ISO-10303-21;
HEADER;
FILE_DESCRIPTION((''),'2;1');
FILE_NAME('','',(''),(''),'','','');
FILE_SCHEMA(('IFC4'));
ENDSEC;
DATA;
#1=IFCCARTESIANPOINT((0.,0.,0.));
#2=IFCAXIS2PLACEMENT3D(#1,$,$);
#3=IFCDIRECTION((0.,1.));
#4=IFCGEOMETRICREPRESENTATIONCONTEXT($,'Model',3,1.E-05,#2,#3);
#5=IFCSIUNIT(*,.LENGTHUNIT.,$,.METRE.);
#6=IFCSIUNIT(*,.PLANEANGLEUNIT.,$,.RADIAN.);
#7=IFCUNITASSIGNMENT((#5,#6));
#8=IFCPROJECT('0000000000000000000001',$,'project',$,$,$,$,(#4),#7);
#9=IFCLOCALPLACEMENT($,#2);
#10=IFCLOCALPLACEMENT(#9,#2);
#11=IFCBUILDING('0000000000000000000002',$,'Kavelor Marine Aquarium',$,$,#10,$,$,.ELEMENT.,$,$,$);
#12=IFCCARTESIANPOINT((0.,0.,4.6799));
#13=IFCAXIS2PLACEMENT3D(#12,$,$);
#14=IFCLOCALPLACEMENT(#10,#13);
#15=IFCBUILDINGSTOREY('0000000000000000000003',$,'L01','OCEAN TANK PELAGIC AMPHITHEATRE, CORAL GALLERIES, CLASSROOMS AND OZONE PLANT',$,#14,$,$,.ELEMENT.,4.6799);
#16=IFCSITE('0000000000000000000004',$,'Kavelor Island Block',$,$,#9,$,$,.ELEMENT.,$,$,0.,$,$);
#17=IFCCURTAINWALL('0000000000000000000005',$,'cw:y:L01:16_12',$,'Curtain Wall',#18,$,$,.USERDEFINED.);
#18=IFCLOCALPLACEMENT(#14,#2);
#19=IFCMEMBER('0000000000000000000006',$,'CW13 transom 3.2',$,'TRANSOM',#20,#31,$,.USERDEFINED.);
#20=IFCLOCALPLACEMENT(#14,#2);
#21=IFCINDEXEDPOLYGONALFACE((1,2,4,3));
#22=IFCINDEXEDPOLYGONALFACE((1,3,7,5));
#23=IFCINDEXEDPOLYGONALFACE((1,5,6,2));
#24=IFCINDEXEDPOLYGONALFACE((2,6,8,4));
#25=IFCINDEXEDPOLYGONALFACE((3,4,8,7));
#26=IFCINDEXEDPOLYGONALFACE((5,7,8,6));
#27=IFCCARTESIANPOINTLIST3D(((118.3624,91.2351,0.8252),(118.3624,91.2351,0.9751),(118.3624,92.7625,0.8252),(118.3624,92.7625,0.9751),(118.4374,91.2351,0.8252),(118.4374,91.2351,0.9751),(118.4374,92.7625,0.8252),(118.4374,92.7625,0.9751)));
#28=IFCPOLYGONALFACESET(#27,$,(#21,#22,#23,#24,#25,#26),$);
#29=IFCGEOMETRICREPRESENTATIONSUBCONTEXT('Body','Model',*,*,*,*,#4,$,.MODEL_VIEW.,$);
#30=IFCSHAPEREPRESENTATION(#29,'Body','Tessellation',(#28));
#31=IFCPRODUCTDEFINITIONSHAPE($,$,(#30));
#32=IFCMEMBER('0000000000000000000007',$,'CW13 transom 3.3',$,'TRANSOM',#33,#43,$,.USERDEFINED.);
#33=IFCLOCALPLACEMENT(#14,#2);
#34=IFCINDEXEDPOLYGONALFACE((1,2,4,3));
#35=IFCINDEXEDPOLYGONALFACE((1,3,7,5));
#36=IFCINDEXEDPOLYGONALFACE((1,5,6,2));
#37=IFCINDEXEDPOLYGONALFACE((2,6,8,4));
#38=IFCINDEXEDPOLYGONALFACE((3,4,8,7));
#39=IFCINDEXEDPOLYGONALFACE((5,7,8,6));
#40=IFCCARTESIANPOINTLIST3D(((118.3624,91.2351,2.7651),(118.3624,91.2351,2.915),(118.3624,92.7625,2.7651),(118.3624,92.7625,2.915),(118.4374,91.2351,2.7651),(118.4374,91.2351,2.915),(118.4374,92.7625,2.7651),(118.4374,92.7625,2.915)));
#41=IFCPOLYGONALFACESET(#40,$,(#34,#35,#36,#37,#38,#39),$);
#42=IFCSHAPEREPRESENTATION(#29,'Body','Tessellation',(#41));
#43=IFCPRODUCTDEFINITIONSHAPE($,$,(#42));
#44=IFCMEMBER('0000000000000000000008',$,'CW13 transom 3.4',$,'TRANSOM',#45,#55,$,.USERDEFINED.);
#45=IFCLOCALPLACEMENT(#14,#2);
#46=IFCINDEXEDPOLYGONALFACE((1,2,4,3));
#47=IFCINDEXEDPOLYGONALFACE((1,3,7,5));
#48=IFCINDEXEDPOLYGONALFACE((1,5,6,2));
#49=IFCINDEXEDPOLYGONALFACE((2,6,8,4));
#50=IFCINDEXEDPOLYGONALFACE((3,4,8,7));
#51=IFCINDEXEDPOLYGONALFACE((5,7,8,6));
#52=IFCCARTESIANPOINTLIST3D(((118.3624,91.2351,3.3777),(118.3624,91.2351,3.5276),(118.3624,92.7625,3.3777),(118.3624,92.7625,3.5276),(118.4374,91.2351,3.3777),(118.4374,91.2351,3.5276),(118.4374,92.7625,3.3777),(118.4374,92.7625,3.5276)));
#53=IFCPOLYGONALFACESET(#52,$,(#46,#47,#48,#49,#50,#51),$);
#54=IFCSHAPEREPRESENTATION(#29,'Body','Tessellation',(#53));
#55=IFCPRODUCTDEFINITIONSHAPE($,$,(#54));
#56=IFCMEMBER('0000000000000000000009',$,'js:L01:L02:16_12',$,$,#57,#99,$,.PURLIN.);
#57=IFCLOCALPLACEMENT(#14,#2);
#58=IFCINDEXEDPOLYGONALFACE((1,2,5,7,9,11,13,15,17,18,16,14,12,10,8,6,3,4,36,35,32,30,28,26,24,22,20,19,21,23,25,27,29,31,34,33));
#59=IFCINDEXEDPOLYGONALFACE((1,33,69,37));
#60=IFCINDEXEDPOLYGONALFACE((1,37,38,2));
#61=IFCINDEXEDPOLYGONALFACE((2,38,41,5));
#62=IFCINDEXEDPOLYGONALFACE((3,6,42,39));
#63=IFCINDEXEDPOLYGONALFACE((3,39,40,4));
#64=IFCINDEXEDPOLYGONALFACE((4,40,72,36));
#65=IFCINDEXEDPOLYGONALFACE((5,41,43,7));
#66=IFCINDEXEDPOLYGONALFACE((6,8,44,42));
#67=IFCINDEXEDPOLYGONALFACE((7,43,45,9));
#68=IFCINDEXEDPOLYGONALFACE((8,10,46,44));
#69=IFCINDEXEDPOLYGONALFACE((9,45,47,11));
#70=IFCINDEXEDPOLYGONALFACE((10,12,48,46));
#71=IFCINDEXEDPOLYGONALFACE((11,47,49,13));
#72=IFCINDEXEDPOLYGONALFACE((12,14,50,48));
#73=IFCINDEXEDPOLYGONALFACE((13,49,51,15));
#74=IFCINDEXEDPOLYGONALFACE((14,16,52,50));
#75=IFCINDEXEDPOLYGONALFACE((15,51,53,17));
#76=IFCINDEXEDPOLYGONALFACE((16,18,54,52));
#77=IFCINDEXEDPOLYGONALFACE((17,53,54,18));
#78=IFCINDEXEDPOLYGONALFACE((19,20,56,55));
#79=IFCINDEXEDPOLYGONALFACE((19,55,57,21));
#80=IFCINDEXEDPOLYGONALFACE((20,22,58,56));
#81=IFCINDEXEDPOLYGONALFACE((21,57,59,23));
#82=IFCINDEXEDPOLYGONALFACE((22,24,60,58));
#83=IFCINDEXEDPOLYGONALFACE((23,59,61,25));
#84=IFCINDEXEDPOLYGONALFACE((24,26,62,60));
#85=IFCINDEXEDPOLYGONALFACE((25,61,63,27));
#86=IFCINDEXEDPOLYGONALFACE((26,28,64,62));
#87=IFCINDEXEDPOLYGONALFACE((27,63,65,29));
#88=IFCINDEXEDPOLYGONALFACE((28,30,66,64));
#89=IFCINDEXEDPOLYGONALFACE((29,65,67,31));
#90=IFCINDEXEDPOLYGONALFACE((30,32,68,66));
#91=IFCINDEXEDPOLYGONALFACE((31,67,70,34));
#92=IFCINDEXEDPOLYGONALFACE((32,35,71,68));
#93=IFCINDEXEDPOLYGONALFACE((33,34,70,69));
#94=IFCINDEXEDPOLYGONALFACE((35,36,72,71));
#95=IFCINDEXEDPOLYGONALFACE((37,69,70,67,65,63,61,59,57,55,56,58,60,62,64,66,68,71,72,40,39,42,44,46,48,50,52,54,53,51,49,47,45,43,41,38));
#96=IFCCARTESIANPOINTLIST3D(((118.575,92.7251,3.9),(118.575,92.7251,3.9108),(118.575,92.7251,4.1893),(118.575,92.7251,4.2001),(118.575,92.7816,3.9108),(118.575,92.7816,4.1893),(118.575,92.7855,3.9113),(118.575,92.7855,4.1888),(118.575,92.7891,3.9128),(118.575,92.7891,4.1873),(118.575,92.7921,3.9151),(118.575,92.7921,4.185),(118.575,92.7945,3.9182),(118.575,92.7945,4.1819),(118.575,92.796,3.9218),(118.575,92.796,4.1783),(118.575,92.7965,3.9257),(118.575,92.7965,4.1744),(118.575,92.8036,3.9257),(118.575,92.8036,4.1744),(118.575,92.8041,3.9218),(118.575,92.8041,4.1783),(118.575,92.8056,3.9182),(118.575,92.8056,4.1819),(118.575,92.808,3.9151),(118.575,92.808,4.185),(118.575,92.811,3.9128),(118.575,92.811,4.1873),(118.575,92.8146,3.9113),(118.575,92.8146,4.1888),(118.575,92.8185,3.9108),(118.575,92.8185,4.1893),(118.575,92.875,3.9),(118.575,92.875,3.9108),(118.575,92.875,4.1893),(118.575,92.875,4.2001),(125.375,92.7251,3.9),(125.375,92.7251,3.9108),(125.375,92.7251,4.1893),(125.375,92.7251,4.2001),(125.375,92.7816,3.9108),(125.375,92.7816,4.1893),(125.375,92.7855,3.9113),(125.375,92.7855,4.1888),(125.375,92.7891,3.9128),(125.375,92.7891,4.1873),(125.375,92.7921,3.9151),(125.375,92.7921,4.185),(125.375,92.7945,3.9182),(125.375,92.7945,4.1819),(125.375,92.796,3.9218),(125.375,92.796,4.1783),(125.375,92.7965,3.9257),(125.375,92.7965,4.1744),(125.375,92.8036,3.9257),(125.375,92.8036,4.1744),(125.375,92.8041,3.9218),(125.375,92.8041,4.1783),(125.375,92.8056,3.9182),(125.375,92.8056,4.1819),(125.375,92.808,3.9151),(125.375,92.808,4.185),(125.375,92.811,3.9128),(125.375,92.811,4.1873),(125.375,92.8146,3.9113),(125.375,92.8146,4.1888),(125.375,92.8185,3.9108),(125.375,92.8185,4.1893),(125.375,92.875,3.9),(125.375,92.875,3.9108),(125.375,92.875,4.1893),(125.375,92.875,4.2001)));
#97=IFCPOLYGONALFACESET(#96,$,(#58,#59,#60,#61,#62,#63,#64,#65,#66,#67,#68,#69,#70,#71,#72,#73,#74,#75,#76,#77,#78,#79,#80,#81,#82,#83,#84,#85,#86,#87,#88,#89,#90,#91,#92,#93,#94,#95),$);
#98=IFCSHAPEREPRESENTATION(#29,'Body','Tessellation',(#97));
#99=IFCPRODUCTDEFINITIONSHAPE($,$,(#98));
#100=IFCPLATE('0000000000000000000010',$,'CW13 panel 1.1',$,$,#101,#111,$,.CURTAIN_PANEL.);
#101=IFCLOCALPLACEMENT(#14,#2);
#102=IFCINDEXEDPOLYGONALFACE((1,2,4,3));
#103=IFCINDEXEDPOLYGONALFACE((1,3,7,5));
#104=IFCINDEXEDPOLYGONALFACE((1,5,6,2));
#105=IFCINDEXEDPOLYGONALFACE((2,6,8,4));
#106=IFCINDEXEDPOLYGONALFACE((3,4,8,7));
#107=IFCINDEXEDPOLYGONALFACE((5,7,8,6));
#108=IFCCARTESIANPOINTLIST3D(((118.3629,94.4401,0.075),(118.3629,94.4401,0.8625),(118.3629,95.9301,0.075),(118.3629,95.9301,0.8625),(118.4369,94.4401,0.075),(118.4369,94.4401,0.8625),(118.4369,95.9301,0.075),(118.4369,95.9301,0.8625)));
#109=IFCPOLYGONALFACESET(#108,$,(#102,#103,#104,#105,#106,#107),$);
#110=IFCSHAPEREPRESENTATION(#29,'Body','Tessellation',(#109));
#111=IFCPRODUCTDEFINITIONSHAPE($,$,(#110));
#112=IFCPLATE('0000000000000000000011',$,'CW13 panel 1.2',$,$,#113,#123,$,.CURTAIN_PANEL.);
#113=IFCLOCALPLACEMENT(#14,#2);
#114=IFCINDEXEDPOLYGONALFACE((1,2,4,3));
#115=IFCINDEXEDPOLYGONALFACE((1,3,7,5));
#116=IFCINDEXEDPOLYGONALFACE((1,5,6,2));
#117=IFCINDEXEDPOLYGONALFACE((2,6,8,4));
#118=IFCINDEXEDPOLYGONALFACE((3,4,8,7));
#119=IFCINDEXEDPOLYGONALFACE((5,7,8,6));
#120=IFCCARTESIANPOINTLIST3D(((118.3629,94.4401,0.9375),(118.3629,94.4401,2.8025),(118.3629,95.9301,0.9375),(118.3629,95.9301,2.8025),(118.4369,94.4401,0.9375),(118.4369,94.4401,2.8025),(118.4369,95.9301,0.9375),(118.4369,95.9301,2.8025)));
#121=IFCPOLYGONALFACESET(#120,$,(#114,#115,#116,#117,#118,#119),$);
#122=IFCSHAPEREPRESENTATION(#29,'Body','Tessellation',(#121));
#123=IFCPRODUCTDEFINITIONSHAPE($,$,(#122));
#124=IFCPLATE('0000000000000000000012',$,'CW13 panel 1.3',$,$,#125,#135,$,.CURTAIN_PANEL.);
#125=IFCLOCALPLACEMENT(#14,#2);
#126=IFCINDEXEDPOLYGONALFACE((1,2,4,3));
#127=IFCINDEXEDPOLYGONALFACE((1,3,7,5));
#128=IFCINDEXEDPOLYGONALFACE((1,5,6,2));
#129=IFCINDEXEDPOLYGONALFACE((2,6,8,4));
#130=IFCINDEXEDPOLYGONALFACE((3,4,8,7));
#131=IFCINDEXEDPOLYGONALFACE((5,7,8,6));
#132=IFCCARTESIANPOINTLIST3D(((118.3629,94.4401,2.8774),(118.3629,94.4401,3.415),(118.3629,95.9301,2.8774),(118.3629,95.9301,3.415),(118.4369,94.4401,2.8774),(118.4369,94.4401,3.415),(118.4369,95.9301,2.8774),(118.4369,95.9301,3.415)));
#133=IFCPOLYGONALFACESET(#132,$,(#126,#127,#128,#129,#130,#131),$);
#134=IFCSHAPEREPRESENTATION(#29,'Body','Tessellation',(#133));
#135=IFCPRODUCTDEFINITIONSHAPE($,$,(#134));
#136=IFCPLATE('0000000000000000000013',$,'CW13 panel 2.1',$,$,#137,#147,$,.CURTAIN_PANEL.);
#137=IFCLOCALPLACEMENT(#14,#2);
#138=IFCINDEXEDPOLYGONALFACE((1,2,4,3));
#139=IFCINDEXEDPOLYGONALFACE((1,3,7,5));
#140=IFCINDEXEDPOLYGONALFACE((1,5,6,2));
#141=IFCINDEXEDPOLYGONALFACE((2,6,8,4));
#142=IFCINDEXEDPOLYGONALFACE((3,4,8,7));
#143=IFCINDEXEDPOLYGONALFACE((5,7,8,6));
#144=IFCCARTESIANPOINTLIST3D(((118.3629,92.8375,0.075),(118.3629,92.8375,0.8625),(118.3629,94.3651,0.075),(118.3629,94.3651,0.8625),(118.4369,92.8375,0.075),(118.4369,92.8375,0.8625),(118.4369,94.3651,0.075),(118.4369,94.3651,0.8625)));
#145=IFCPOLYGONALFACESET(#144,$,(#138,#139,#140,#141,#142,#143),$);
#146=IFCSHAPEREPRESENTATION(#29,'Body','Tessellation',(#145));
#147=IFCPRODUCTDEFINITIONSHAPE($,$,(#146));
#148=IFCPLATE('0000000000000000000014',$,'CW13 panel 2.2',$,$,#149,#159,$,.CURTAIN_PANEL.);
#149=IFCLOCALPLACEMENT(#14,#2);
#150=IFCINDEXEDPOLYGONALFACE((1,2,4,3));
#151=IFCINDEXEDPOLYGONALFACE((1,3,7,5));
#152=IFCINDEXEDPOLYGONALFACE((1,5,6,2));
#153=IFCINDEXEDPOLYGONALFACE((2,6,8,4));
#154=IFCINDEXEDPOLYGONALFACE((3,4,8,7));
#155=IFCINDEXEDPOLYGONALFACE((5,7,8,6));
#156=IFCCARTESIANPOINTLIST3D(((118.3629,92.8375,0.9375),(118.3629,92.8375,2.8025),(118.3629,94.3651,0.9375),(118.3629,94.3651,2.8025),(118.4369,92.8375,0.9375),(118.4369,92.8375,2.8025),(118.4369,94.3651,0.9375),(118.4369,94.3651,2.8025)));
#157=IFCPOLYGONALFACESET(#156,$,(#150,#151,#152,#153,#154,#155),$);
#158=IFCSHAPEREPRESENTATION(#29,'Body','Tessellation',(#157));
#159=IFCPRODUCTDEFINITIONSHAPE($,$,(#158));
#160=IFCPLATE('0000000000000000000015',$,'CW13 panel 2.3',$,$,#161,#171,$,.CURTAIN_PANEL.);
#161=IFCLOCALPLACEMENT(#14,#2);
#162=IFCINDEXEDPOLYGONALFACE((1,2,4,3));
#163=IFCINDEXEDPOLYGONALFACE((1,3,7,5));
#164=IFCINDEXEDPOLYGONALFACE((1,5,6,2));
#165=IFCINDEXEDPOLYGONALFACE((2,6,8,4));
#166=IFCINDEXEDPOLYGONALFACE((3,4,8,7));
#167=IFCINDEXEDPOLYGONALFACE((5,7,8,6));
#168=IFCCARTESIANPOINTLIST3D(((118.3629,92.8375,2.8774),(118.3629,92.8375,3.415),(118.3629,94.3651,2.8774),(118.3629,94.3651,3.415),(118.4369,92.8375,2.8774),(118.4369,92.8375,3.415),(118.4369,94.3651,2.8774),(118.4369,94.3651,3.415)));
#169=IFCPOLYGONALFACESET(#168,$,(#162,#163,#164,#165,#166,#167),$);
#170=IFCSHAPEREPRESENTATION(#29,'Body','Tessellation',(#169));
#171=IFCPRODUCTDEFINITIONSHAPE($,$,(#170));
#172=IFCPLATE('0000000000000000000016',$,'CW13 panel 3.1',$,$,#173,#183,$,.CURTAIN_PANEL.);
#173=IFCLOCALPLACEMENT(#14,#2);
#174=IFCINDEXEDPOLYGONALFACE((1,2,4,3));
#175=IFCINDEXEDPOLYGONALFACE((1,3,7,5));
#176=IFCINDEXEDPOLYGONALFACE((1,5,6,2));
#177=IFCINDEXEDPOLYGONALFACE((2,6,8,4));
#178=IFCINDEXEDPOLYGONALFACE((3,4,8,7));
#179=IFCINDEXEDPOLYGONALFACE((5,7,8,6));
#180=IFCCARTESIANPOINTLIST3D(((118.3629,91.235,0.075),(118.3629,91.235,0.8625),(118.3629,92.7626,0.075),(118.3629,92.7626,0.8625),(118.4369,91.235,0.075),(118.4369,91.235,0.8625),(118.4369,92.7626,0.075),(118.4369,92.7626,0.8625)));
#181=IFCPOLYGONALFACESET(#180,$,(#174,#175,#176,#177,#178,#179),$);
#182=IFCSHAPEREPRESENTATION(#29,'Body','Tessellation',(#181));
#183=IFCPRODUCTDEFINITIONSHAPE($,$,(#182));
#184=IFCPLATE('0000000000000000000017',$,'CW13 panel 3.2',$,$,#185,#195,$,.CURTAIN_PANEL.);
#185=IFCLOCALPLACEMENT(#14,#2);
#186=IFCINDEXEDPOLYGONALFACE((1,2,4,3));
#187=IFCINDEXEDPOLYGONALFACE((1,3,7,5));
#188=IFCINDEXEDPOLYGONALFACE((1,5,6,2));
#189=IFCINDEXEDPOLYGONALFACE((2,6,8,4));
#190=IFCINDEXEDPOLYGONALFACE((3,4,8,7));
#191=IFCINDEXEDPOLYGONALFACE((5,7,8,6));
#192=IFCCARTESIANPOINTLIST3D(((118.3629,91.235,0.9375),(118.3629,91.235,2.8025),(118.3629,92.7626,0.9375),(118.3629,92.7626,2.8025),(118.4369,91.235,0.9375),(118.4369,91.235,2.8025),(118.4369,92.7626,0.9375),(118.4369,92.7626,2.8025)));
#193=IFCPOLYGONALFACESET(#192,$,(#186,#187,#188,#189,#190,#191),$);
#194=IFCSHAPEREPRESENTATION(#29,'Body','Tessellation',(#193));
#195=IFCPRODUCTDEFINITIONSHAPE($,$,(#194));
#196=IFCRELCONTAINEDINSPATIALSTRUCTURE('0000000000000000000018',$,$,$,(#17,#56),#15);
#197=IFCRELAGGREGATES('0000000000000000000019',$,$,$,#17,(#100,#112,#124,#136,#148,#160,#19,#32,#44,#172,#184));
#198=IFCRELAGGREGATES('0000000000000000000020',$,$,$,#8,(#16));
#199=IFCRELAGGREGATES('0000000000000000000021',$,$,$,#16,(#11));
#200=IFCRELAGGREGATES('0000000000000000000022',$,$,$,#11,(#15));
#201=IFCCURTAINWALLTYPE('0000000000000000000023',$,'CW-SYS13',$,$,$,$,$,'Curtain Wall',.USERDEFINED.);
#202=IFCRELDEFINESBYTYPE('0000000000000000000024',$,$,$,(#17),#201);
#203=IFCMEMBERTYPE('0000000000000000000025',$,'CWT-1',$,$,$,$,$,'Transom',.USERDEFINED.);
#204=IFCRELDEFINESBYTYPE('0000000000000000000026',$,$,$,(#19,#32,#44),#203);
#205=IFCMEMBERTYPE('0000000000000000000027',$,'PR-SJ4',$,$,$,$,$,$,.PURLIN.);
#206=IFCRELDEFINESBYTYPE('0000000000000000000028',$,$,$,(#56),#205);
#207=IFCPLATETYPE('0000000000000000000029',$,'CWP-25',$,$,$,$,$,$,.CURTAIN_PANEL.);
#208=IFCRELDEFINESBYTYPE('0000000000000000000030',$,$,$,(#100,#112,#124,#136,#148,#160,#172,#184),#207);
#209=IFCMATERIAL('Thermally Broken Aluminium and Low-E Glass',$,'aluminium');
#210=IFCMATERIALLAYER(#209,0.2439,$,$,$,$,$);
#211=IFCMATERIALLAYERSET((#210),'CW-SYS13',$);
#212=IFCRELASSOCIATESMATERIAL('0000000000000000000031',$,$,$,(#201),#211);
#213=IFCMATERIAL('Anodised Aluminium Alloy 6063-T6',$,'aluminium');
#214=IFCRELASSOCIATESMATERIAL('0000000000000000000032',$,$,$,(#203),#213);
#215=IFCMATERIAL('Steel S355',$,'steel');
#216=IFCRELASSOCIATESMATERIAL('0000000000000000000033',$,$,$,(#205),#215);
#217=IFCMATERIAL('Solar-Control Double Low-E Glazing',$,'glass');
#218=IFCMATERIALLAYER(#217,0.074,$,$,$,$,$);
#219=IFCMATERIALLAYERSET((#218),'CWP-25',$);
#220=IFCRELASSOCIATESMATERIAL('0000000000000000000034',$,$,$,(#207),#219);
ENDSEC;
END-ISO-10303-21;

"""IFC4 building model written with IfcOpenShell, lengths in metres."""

from ifc_helpers import new_model, si_unit, direction, frame, origin, origin_2d, place, context, subcontext, project, spatial, rectangle, i_section, extrude, material, layer, layer_set, material_profile, profile_set, type_object, element, aggregate, save


model = new_model("IFC4")

# Units and contexts
model_context = context("Model", 3, precision=1e-05, world=origin(), true_north=direction((0.0, 1.0)))
body_context = subcontext(model_context, "Body", "Model", "MODEL_VIEW")
ifc_project = project(units=[si_unit("LENGTHUNIT", "METRE"), si_unit("PLANEANGLEUNIT", "RADIAN")], contexts=[model_context])

# Site, building, storey
site_placement = place(None, origin())
site = spatial("IfcSite", under=ifc_project, at=site_placement, Name="Kavelor Island Block", CompositionType="ELEMENT", RefElevation=0.0)
building_placement = place(site_placement, origin())
building = spatial("IfcBuilding", under=site, at=building_placement, Name="Kavelor Marine Aquarium", CompositionType="ELEMENT")
storey_placement = place(building_placement, frame((0.0, 0.0, 4.6799)))
storey = spatial("IfcBuildingStorey", under=building, at=storey_placement, Name="L01", Description="OCEAN TANK PELAGIC AMPHITHEATRE, CORAL GALLERIES, CLASSROOMS AND OZONE PLANT", CompositionType="ELEMENT", Elevation=4.6799)

# Curtain wall, members
ifc_material_1 = material(Name="Thermally Broken Aluminium and Low-E Glass", Category="aluminium")
ifc_layer_1 = layer(ifc_material_1, 0.2439)
ifc_layer_set_1 = layer_set([ifc_layer_1], Name="CW-SYS13")
curtain_wall_type = type_object("IfcCurtainWallType", Name="CW-SYS13", ElementType="Curtain Wall", PredefinedType="USERDEFINED", material=ifc_layer_set_1)
curtain_wall_placement = place(storey_placement, origin())
curtain_wall = element("IfcCurtainWall", 1, at=curtain_wall_placement, inside=storey, type_object=curtain_wall_type, Name="cw:y:L01:16_12", ObjectType="Curtain Wall", PredefinedType="USERDEFINED")
ifc_material_2 = material(Name="Anodised Aluminium Alloy 6063-T6", Category="aluminium")
ifc_material_profile_1 = material_profile(ifc_material_2, rectangle(XDim=0.075, YDim=0.1499, at=origin_2d()), Name="CW-TRN 75x150")
ifc_profile_set_1 = profile_set([ifc_material_profile_1], Name="Anodised Aluminium Alloy 6063-T6")
member_type_1 = type_object("IfcMemberType", Name="CWT-1", ElementType="Transom", PredefinedType="USERDEFINED", material=ifc_profile_set_1)
member_1_placement = place(storey_placement, frame((118.3999, 92.7625, 0.9001), z_axis=(0.0, -1.0, 0.0), x_axis=(1.0, 0.0, 0.0)))
member_1 = element("IfcMember", 2, at=member_1_placement, type_object=member_type_1, Name="CW13 transom 3.2", ObjectType="TRANSOM", PredefinedType="USERDEFINED", context=body_context, shape_type="SweptSolid", body=[
    extrude(rectangle(XDim=0.075, YDim=0.1499, at=origin_2d()), origin(), (0.0, 0.0, 1.0), 1.5273),
])
member_2_placement = place(storey_placement, frame((118.3999, 92.7625, 2.8401), z_axis=(0.0, -1.0, 0.0), x_axis=(1.0, 0.0, 0.0)))
member_2 = element("IfcMember", 3, at=member_2_placement, type_object=member_type_1, Name="CW13 transom 3.3", ObjectType="TRANSOM", PredefinedType="USERDEFINED", context=body_context, shape_type="SweptSolid", body=[
    extrude(rectangle(XDim=0.075, YDim=0.1499, at=origin_2d()), origin(), (0.0, 0.0, 1.0), 1.5273),
])
member_3_placement = place(storey_placement, frame((118.3999, 92.7625, 3.4526), z_axis=(0.0, -1.0, 0.0), x_axis=(1.0, 0.0, 0.0)))
member_3 = element("IfcMember", 4, at=member_3_placement, type_object=member_type_1, Name="CW13 transom 3.4", ObjectType="TRANSOM", PredefinedType="USERDEFINED", context=body_context, shape_type="SweptSolid", body=[
    extrude(rectangle(XDim=0.075, YDim=0.1499, at=origin_2d()), origin(), (0.0, 0.0, 1.0), 1.5273),
])

# Member
ifc_material_3 = material(Name="Steel S355", Category="steel")
ifc_material_profile_2 = material_profile(ifc_material_3, i_section(OverallWidth=0.1499, OverallDepth=0.3, WebThickness=0.0071, FlangeThickness=0.0107, FilletRadius=0.0149, at=origin_2d()), Name="IPE 300")
ifc_profile_set_2 = profile_set([ifc_material_profile_2], Name="Steel S355")
member_type_2 = type_object("IfcMemberType", Name="PR-SJ4", PredefinedType="PURLIN", material=ifc_profile_set_2)
member_4_placement = place(storey_placement, frame((118.575, 92.8, 4.05), z_axis=(1.0, 0.0, 0.0), x_axis=(0.0, 1.0, 0.0)))
element("IfcMember", 5, at=member_4_placement, inside=storey, type_object=member_type_2, Name="js:L01:L02:16_12", PredefinedType="PURLIN", context=body_context, shape_type="SweptSolid", body=[
    extrude(i_section(OverallWidth=0.1499, OverallDepth=0.3, WebThickness=0.0071, FlangeThickness=0.0107, FilletRadius=0.0149, at=origin_2d()), origin(), (0.0, 0.0, 1.0), 6.8),
])

# Plates
ifc_material_4 = material(Name="Solar-Control Double Low-E Glazing", Category="glass")
ifc_layer_2 = layer(ifc_material_4, 0.074)
ifc_layer_set_2 = layer_set([ifc_layer_2], Name="CWP-25")
plate_type = type_object("IfcPlateType", Name="CWP-25", PredefinedType="CURTAIN_PANEL", material=ifc_layer_set_2)
plate_1_placement = place(storey_placement, frame((118.3999, 95.1851, 0.075), z_axis=(0.0, 0.0, 1.0), x_axis=(0.0, -1.0, 0.0)))
plate_1 = element("IfcPlate", 6, at=plate_1_placement, type_object=plate_type, Name="CW13 panel 1.1", PredefinedType="CURTAIN_PANEL", context=body_context, shape_type="SweptSolid", body=[
    extrude(rectangle(XDim=1.49, YDim=0.074, at=origin_2d()), origin(), (0.0, 0.0, 1.0), 0.7876),
])
plate_2_placement = place(storey_placement, frame((118.3999, 95.1851, 0.9375), z_axis=(0.0, 0.0, 1.0), x_axis=(0.0, -1.0, 0.0)))
plate_2 = element("IfcPlate", 7, at=plate_2_placement, type_object=plate_type, Name="CW13 panel 1.2", PredefinedType="CURTAIN_PANEL", context=body_context, shape_type="SweptSolid", body=[
    extrude(rectangle(XDim=1.49, YDim=0.074, at=origin_2d()), origin(), (0.0, 0.0, 1.0), 1.865),
])
plate_3_placement = place(storey_placement, frame((118.3999, 95.1851, 2.8774), z_axis=(0.0, 0.0, 1.0), x_axis=(0.0, -1.0, 0.0)))
plate_3 = element("IfcPlate", 8, at=plate_3_placement, type_object=plate_type, Name="CW13 panel 1.3", PredefinedType="CURTAIN_PANEL", context=body_context, shape_type="SweptSolid", body=[
    extrude(rectangle(XDim=1.49, YDim=0.074, at=origin_2d()), origin(), (0.0, 0.0, 1.0), 0.5376),
])
plate_4_placement = place(storey_placement, frame((118.3999, 93.6013, 0.075), z_axis=(0.0, 0.0, 1.0), x_axis=(0.0, -1.0, 0.0)))
plate_4 = element("IfcPlate", 9, at=plate_4_placement, type_object=plate_type, Name="CW13 panel 2.1", PredefinedType="CURTAIN_PANEL", context=body_context, shape_type="SweptSolid", body=[
    extrude(rectangle(XDim=1.5276, YDim=0.074, at=origin_2d()), origin(), (0.0, 0.0, 1.0), 0.7876),
])
plate_5_placement = place(storey_placement, frame((118.3999, 93.6013, 0.9375), z_axis=(0.0, 0.0, 1.0), x_axis=(0.0, -1.0, 0.0)))
plate_5 = element("IfcPlate", 10, at=plate_5_placement, type_object=plate_type, Name="CW13 panel 2.2", PredefinedType="CURTAIN_PANEL", context=body_context, shape_type="SweptSolid", body=[
    extrude(rectangle(XDim=1.5276, YDim=0.074, at=origin_2d()), origin(), (0.0, 0.0, 1.0), 1.865),
])
plate_6_placement = place(storey_placement, frame((118.3999, 93.6013, 2.8774), z_axis=(0.0, 0.0, 1.0), x_axis=(0.0, -1.0, 0.0)))
plate_6 = element("IfcPlate", 11, at=plate_6_placement, type_object=plate_type, Name="CW13 panel 2.3", PredefinedType="CURTAIN_PANEL", context=body_context, shape_type="SweptSolid", body=[
    extrude(rectangle(XDim=1.5276, YDim=0.074, at=origin_2d()), origin(), (0.0, 0.0, 1.0), 0.5376),
])
plate_7_placement = place(storey_placement, frame((118.3999, 91.9988, 0.075), z_axis=(0.0, 0.0, 1.0), x_axis=(0.0, -1.0, 0.0)))
plate_7 = element("IfcPlate", 12, at=plate_7_placement, type_object=plate_type, Name="CW13 panel 3.1", PredefinedType="CURTAIN_PANEL", context=body_context, shape_type="SweptSolid", body=[
    extrude(rectangle(XDim=1.5276, YDim=0.074, at=origin_2d()), origin(), (0.0, 0.0, 1.0), 0.7876),
])
plate_8_placement = place(storey_placement, frame((118.3999, 91.9988, 0.9375), z_axis=(0.0, 0.0, 1.0), x_axis=(0.0, -1.0, 0.0)))
plate_8 = element("IfcPlate", 13, at=plate_8_placement, type_object=plate_type, Name="CW13 panel 3.2", PredefinedType="CURTAIN_PANEL", context=body_context, shape_type="SweptSolid", body=[
    extrude(rectangle(XDim=1.5276, YDim=0.074, at=origin_2d()), origin(), (0.0, 0.0, 1.0), 1.865),
])
aggregate(curtain_wall, [plate_1, plate_2, plate_3, plate_4, plate_5, plate_6, member_1, member_2, member_3, plate_7, plate_8])

save(model, "model.ifc")
